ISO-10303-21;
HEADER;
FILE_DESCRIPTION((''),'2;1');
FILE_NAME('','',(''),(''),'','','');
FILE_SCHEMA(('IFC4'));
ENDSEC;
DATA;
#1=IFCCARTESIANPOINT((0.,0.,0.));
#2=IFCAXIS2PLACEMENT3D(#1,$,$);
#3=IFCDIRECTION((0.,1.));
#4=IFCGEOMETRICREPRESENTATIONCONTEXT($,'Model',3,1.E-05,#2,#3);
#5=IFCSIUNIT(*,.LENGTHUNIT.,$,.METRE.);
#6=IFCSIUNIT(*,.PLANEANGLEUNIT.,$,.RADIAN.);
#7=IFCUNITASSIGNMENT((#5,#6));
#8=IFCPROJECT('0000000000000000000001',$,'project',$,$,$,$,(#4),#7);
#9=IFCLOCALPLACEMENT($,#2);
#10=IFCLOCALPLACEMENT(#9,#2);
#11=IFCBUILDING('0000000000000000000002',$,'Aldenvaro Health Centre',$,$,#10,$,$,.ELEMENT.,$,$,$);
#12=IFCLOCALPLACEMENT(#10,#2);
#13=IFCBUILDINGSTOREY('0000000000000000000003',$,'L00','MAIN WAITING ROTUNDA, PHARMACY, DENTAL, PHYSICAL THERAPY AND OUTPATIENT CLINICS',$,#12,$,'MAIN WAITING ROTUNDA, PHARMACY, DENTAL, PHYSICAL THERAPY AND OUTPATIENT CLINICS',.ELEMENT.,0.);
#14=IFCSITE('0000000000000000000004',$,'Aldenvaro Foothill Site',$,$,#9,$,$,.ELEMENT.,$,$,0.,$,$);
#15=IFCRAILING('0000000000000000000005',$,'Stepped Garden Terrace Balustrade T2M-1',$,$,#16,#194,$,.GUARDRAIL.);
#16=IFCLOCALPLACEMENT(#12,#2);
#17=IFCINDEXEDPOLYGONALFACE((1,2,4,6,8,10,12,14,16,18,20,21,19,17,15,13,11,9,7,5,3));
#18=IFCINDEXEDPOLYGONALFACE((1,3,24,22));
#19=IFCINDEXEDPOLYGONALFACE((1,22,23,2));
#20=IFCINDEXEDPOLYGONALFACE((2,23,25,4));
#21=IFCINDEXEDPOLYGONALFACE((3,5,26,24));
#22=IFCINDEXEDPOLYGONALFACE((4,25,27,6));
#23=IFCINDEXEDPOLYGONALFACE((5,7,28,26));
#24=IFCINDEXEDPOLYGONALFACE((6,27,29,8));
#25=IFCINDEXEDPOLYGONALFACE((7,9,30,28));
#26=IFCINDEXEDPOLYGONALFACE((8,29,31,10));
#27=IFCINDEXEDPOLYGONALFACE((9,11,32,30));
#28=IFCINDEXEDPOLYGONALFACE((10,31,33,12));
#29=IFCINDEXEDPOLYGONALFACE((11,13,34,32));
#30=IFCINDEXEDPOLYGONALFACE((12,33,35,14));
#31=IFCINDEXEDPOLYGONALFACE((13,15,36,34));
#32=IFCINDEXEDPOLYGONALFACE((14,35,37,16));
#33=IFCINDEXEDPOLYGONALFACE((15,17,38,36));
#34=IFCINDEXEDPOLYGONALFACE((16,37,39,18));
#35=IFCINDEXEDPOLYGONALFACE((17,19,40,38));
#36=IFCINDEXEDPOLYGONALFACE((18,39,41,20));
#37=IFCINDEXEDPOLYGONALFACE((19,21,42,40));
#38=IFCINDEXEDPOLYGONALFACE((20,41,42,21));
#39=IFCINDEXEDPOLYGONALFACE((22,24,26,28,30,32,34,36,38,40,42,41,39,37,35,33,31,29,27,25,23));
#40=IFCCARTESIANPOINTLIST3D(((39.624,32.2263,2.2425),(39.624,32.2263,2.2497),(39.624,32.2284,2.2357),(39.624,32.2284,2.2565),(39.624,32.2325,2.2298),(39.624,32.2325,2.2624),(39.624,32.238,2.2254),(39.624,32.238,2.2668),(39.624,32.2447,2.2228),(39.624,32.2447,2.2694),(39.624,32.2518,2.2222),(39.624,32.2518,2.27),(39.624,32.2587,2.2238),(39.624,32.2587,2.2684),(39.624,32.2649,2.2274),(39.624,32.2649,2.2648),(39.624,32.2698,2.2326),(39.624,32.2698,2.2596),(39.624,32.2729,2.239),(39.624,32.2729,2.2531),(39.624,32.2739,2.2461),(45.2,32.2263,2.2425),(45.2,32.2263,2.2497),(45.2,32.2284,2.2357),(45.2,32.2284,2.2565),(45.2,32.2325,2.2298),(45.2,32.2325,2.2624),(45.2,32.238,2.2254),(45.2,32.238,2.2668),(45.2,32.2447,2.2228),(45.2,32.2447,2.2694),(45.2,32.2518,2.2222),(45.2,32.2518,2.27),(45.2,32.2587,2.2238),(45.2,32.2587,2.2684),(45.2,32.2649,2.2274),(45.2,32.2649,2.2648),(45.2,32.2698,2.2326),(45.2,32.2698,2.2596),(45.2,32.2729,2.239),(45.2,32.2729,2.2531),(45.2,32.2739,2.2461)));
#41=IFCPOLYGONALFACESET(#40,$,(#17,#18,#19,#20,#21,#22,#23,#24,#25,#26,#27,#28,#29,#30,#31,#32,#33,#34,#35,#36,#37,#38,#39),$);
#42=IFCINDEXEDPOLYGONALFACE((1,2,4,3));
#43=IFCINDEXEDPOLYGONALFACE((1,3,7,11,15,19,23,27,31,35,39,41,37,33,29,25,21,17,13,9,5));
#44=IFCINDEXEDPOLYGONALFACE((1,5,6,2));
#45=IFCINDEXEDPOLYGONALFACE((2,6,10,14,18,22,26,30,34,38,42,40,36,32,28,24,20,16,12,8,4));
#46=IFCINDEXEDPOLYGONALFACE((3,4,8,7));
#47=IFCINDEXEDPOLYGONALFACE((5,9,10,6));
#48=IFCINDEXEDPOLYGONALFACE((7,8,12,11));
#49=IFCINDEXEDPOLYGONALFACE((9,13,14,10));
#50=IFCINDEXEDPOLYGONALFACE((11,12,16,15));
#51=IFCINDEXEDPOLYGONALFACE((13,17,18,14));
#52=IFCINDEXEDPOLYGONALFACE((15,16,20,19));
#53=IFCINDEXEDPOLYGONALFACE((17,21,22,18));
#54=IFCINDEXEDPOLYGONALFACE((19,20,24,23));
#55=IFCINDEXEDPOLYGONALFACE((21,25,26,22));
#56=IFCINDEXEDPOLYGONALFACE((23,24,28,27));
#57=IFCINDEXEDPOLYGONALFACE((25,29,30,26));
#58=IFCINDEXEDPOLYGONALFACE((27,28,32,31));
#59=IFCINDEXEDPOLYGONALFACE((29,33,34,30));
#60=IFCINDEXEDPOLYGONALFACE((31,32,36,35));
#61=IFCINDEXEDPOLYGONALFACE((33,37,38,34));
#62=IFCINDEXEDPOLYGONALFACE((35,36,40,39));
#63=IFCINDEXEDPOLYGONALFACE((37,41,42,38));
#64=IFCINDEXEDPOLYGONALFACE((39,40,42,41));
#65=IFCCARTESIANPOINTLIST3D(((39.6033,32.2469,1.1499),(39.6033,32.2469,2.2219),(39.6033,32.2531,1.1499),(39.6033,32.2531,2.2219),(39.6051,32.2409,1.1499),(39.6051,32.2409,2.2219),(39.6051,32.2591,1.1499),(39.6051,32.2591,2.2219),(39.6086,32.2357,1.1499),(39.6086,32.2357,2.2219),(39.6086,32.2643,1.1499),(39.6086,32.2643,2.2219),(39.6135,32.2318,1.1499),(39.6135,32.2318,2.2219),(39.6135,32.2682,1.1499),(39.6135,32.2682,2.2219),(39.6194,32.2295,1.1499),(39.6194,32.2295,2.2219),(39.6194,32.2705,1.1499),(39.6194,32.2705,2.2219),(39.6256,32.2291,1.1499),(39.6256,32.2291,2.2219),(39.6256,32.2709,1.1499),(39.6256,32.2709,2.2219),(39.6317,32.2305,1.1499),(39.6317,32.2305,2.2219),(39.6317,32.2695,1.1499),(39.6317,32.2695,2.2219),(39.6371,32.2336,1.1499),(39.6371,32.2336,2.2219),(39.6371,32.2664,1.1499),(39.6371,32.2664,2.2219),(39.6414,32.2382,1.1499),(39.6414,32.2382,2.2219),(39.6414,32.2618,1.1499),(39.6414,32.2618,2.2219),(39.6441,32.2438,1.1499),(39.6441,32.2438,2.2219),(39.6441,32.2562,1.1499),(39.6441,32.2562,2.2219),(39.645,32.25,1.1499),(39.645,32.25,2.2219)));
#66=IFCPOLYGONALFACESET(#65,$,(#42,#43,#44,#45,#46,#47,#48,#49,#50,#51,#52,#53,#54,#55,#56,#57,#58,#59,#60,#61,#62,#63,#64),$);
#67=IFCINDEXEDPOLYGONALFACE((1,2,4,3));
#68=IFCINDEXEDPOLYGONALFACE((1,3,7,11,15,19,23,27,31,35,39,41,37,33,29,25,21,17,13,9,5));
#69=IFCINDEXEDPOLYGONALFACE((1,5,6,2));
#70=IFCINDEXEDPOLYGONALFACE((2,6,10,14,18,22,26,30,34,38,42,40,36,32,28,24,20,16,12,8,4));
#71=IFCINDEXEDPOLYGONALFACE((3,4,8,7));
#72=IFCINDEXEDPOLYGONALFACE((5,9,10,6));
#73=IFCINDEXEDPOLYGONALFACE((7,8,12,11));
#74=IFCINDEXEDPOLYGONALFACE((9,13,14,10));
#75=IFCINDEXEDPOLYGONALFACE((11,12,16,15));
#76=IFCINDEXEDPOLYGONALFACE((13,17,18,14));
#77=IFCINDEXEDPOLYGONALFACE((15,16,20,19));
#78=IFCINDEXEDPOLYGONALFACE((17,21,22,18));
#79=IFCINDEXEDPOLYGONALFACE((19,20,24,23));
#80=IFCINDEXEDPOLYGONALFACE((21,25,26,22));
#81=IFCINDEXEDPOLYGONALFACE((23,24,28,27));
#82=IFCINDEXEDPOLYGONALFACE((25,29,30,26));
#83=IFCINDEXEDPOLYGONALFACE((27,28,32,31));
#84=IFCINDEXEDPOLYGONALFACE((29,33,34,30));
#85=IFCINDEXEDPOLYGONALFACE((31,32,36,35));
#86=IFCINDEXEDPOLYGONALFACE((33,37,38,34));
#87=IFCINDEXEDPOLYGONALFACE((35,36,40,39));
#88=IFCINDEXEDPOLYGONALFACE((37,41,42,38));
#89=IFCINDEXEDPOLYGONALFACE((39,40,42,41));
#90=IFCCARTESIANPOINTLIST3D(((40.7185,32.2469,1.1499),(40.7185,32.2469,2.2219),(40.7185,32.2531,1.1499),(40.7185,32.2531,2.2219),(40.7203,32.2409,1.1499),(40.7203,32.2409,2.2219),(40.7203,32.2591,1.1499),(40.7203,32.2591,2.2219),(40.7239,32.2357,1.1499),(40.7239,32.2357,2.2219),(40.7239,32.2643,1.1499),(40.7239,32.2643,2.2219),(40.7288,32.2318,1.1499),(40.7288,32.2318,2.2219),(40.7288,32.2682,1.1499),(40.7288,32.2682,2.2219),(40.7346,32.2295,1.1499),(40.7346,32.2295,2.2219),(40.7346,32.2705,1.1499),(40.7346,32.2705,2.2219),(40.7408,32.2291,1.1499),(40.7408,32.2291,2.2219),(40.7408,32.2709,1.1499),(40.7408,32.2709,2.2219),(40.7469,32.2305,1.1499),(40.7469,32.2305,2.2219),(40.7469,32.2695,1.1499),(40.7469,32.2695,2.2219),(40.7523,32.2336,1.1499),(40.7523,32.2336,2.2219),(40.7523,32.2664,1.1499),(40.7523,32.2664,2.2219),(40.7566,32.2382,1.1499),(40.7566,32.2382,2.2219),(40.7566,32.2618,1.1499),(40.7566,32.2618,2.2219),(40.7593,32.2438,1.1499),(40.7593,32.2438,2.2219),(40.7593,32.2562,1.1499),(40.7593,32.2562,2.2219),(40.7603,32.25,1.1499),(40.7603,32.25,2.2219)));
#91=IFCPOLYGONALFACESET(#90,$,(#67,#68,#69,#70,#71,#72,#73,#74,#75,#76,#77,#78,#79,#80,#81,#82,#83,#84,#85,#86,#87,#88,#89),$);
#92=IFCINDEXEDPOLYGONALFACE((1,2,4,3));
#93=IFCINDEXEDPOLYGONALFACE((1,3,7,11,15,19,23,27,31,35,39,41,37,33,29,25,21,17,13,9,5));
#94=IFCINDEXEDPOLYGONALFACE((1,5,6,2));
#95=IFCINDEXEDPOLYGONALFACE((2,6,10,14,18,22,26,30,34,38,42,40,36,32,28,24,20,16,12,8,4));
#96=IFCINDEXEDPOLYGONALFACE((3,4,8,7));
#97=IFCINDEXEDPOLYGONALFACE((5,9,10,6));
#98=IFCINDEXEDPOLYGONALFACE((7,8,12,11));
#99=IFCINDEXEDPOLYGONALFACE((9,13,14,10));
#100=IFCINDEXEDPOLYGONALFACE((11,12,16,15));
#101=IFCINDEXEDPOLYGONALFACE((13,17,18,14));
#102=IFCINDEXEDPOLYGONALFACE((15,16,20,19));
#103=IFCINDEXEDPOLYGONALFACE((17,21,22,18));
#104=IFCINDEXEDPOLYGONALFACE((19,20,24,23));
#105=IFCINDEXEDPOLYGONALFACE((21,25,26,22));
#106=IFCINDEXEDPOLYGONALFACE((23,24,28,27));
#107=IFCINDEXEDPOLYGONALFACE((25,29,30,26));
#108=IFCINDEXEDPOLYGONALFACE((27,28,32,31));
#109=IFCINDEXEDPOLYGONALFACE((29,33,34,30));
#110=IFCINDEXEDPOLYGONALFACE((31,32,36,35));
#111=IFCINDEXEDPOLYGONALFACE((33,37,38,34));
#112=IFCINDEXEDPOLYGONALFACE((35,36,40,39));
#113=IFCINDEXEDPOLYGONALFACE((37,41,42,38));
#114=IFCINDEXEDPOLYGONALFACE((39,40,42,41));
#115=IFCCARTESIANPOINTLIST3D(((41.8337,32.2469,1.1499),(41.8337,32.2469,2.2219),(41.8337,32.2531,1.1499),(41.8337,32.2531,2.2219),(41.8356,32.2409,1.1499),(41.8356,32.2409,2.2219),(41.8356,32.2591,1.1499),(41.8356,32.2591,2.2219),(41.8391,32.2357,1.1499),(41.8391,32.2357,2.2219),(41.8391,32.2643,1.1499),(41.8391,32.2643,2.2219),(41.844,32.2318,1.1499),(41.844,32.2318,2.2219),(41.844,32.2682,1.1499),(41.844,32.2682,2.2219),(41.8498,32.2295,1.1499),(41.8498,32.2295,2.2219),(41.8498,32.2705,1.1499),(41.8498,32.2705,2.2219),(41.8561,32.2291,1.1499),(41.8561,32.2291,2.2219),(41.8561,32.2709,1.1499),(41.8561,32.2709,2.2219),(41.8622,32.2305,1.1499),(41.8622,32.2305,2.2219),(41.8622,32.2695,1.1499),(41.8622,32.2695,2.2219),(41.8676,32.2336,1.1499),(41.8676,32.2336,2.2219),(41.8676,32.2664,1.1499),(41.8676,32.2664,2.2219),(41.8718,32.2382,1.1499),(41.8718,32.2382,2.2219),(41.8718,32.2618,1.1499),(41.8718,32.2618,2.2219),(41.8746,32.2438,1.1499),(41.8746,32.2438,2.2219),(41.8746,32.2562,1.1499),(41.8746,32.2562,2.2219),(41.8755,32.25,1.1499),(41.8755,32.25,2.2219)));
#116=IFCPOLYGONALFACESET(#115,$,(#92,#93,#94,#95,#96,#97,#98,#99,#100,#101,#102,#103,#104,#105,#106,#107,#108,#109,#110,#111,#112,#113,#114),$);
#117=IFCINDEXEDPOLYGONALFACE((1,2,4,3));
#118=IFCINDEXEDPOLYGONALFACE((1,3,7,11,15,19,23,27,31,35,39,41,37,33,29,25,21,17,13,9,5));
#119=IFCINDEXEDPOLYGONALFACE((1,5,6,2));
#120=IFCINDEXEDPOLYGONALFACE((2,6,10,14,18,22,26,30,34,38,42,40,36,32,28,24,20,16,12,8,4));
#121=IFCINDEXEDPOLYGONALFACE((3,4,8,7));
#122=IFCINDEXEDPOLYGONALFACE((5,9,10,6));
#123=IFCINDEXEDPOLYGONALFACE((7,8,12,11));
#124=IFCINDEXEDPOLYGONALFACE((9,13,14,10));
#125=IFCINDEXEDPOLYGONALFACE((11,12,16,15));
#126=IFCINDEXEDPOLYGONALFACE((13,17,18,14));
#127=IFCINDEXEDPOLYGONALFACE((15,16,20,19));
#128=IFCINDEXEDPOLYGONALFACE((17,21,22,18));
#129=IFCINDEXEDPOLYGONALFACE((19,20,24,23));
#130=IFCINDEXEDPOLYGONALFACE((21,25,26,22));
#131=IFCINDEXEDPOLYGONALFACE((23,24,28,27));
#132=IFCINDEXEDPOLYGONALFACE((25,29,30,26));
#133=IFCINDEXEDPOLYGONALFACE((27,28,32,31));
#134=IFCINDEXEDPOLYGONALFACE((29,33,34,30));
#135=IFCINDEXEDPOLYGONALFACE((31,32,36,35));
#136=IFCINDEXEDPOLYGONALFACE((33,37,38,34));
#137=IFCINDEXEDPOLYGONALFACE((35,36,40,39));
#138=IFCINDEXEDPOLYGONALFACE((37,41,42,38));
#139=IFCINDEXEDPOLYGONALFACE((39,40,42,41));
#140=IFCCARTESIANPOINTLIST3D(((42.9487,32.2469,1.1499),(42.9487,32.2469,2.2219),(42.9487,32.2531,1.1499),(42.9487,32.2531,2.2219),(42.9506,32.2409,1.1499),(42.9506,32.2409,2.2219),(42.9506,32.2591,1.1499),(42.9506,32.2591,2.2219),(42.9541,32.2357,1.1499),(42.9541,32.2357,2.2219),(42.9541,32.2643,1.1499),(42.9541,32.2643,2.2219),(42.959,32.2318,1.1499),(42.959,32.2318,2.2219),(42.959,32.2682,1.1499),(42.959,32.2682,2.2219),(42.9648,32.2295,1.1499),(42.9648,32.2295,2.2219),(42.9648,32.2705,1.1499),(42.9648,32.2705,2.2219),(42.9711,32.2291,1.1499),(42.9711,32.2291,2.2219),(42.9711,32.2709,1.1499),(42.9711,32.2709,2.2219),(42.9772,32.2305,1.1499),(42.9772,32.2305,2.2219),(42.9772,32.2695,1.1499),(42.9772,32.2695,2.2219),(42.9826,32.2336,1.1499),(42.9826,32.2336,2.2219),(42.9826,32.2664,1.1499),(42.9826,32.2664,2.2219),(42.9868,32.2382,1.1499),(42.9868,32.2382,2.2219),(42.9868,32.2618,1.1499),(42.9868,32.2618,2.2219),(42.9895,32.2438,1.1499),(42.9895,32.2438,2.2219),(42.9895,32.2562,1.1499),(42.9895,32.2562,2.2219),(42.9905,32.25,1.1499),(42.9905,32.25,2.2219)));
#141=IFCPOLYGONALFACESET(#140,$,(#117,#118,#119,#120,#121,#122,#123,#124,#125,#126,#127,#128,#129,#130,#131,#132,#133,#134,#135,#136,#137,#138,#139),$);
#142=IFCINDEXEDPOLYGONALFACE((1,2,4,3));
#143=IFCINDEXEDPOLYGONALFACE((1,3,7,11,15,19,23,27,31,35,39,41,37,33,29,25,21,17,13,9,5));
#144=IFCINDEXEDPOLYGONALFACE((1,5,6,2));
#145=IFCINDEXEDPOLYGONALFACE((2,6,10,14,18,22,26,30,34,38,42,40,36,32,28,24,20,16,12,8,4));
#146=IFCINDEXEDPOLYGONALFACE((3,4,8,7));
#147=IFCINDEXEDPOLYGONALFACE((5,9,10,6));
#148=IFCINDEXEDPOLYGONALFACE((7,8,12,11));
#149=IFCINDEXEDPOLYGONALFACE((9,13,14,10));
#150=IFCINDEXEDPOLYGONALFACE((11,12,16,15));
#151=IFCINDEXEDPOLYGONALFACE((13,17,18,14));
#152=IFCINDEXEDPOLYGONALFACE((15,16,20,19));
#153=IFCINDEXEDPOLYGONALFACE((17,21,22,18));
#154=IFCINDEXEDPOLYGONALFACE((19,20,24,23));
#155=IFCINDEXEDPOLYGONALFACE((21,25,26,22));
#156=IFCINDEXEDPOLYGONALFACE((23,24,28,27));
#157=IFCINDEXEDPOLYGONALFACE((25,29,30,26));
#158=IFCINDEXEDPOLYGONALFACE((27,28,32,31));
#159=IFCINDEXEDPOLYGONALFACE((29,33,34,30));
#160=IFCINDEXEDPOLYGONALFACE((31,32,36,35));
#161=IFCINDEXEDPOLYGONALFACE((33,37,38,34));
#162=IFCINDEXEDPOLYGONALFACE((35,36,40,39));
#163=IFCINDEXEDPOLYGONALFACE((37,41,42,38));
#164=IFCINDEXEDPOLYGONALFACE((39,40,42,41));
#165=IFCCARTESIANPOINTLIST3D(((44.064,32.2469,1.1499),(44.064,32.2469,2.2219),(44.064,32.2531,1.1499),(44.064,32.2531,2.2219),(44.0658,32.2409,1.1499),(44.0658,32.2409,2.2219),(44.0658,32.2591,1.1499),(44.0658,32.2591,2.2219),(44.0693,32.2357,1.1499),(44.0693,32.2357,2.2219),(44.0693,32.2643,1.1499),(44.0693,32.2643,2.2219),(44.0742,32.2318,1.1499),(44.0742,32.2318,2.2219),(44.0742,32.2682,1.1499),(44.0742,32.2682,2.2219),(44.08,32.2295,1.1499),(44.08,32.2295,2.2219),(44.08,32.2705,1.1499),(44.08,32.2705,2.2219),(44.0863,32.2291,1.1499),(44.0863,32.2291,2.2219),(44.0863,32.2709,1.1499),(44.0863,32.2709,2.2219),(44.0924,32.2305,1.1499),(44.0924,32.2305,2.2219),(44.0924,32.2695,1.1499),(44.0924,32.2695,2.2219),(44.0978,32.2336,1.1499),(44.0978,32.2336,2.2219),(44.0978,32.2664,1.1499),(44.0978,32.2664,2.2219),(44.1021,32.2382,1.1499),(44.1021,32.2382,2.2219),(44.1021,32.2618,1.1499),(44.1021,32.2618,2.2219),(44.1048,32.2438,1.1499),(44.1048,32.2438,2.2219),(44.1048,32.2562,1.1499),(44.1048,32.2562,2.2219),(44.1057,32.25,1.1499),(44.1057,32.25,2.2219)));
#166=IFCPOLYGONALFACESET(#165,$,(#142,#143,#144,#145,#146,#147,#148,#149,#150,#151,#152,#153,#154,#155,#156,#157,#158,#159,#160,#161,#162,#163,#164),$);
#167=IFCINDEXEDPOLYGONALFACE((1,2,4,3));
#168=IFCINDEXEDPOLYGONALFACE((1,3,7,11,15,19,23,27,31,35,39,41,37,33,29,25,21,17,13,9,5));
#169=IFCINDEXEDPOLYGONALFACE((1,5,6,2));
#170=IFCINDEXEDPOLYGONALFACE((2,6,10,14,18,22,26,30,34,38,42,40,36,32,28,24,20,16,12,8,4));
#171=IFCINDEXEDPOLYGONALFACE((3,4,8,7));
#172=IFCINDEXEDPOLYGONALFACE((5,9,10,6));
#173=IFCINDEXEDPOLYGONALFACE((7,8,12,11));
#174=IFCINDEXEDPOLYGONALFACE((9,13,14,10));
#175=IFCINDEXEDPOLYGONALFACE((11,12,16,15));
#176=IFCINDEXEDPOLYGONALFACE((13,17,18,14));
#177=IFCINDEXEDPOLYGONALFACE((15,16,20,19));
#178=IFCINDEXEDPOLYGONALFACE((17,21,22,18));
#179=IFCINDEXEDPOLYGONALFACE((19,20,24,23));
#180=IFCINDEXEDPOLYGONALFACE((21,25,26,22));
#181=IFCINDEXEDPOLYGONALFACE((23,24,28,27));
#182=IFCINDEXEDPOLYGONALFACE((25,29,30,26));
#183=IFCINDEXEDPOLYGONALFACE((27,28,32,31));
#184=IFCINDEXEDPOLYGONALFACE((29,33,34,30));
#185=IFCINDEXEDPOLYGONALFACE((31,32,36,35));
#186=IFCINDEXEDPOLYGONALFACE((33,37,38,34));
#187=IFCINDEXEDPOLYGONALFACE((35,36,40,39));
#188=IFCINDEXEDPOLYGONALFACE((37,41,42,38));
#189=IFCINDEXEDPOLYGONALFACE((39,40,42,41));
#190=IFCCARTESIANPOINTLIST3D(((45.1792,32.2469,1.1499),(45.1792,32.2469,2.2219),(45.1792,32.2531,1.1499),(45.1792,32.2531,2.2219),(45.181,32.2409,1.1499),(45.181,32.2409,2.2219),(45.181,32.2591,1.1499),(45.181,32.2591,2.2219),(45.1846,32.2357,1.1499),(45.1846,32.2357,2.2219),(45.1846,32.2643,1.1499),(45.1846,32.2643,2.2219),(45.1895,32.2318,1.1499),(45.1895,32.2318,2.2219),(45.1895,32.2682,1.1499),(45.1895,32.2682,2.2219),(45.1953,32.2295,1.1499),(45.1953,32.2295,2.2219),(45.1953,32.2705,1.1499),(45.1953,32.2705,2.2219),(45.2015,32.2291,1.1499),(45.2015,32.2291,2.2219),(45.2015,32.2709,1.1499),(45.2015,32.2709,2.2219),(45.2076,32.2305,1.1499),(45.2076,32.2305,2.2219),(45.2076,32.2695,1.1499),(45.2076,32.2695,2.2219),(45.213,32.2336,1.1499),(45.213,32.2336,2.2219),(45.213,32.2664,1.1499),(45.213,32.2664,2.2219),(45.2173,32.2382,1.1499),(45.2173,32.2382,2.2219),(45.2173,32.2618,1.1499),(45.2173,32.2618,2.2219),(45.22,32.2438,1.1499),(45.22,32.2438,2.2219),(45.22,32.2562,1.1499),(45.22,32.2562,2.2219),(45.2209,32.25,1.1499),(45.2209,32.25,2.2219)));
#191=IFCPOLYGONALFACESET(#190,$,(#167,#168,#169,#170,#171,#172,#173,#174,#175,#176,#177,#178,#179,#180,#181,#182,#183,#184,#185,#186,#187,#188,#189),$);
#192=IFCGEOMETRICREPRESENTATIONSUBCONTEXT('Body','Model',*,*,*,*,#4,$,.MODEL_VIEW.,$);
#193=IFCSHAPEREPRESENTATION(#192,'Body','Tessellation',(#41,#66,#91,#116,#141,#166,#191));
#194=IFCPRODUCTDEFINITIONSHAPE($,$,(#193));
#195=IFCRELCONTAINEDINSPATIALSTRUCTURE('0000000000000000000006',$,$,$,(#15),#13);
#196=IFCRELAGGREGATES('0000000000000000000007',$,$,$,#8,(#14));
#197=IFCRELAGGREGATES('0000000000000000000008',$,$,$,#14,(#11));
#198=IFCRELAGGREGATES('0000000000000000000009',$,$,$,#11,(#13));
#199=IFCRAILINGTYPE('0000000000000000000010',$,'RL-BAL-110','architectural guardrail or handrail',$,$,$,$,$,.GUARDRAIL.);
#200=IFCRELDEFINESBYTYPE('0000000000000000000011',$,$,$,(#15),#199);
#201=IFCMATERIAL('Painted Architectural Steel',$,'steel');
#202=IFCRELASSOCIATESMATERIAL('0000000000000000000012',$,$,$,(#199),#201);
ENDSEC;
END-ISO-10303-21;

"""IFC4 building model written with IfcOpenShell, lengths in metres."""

from ifc_helpers import new_model, si_unit, direction, frame, origin, origin_2d, place, context, subcontext, project, spatial, circle, extrude, material, type_object, element, save


model = new_model("IFC4")

# Units and contexts
model_context = context("Model", 3, precision=1e-05, world=origin(), true_north=direction((0.0, 1.0)))
body_context = subcontext(model_context, "Body", "Model", "MODEL_VIEW")
ifc_project = project(units=[si_unit("LENGTHUNIT", "METRE"), si_unit("PLANEANGLEUNIT", "RADIAN")], contexts=[model_context])

# Site, building, storey
site_placement = place(None, origin())
site = spatial("IfcSite", under=ifc_project, at=site_placement, Name="Aldenvaro Foothill Site", CompositionType="ELEMENT", RefElevation=0.0)
building_placement = place(site_placement, origin())
building = spatial("IfcBuilding", under=site, at=building_placement, Name="Aldenvaro Health Centre", CompositionType="ELEMENT")
storey_placement = place(building_placement, origin())
storey = spatial("IfcBuildingStorey", under=building, at=storey_placement, Name="L00", Description="MAIN WAITING ROTUNDA, PHARMACY, DENTAL, PHYSICAL THERAPY AND OUTPATIENT CLINICS", LongName="MAIN WAITING ROTUNDA, PHARMACY, DENTAL, PHYSICAL THERAPY AND OUTPATIENT CLINICS", CompositionType="ELEMENT", Elevation=0.0)

# Railing
ifc_material_1 = material(Name="Painted Architectural Steel", Category="steel")
railing_type_1 = type_object("IfcRailingType", Name="RL-BAL-110", Description="architectural guardrail or handrail", PredefinedType="GUARDRAIL", material=ifc_material_1)
railing_1_placement = place(storey_placement, frame((39.624, 32.25, 1.1499)))
element("IfcRailing", 1, at=railing_1_placement, inside=storey, type_object=railing_type_1, Name="Stepped Garden Terrace Balustrade T2M-1", PredefinedType="GUARDRAIL", context=body_context, shape_type="SweptSolid", body=[
    extrude(circle(Radius=0.0239, at=origin_2d()), frame((0.0, 0.0, 1.0962), z_axis=(1.0, 0.0, 0.0), x_axis=(0.0, 1.0, 0.0)), (0.0, 0.0, 1.0), 5.5759),
    extrude(circle(Radius=0.021, at=origin_2d()), origin(), (0.0, 0.0, 1.0), 1.072),
    extrude(circle(Radius=0.021, at=origin_2d()), frame((1.1152, 0.0, 0.0)), (0.0, 0.0, 1.0), 1.072),
    extrude(circle(Radius=0.021, at=origin_2d()), frame((2.2305, 0.0, 0.0)), (0.0, 0.0, 1.0), 1.072),
    extrude(circle(Radius=0.021, at=origin_2d()), frame((3.3455, 0.0, 0.0)), (0.0, 0.0, 1.0), 1.072),
    extrude(circle(Radius=0.021, at=origin_2d()), frame((4.4607, 0.0, 0.0)), (0.0, 0.0, 1.0), 1.072),
    extrude(circle(Radius=0.021, at=origin_2d()), frame((5.5759, 0.0, 0.0)), (0.0, 0.0, 1.0), 1.072),
])

save(model, "model.ifc")
